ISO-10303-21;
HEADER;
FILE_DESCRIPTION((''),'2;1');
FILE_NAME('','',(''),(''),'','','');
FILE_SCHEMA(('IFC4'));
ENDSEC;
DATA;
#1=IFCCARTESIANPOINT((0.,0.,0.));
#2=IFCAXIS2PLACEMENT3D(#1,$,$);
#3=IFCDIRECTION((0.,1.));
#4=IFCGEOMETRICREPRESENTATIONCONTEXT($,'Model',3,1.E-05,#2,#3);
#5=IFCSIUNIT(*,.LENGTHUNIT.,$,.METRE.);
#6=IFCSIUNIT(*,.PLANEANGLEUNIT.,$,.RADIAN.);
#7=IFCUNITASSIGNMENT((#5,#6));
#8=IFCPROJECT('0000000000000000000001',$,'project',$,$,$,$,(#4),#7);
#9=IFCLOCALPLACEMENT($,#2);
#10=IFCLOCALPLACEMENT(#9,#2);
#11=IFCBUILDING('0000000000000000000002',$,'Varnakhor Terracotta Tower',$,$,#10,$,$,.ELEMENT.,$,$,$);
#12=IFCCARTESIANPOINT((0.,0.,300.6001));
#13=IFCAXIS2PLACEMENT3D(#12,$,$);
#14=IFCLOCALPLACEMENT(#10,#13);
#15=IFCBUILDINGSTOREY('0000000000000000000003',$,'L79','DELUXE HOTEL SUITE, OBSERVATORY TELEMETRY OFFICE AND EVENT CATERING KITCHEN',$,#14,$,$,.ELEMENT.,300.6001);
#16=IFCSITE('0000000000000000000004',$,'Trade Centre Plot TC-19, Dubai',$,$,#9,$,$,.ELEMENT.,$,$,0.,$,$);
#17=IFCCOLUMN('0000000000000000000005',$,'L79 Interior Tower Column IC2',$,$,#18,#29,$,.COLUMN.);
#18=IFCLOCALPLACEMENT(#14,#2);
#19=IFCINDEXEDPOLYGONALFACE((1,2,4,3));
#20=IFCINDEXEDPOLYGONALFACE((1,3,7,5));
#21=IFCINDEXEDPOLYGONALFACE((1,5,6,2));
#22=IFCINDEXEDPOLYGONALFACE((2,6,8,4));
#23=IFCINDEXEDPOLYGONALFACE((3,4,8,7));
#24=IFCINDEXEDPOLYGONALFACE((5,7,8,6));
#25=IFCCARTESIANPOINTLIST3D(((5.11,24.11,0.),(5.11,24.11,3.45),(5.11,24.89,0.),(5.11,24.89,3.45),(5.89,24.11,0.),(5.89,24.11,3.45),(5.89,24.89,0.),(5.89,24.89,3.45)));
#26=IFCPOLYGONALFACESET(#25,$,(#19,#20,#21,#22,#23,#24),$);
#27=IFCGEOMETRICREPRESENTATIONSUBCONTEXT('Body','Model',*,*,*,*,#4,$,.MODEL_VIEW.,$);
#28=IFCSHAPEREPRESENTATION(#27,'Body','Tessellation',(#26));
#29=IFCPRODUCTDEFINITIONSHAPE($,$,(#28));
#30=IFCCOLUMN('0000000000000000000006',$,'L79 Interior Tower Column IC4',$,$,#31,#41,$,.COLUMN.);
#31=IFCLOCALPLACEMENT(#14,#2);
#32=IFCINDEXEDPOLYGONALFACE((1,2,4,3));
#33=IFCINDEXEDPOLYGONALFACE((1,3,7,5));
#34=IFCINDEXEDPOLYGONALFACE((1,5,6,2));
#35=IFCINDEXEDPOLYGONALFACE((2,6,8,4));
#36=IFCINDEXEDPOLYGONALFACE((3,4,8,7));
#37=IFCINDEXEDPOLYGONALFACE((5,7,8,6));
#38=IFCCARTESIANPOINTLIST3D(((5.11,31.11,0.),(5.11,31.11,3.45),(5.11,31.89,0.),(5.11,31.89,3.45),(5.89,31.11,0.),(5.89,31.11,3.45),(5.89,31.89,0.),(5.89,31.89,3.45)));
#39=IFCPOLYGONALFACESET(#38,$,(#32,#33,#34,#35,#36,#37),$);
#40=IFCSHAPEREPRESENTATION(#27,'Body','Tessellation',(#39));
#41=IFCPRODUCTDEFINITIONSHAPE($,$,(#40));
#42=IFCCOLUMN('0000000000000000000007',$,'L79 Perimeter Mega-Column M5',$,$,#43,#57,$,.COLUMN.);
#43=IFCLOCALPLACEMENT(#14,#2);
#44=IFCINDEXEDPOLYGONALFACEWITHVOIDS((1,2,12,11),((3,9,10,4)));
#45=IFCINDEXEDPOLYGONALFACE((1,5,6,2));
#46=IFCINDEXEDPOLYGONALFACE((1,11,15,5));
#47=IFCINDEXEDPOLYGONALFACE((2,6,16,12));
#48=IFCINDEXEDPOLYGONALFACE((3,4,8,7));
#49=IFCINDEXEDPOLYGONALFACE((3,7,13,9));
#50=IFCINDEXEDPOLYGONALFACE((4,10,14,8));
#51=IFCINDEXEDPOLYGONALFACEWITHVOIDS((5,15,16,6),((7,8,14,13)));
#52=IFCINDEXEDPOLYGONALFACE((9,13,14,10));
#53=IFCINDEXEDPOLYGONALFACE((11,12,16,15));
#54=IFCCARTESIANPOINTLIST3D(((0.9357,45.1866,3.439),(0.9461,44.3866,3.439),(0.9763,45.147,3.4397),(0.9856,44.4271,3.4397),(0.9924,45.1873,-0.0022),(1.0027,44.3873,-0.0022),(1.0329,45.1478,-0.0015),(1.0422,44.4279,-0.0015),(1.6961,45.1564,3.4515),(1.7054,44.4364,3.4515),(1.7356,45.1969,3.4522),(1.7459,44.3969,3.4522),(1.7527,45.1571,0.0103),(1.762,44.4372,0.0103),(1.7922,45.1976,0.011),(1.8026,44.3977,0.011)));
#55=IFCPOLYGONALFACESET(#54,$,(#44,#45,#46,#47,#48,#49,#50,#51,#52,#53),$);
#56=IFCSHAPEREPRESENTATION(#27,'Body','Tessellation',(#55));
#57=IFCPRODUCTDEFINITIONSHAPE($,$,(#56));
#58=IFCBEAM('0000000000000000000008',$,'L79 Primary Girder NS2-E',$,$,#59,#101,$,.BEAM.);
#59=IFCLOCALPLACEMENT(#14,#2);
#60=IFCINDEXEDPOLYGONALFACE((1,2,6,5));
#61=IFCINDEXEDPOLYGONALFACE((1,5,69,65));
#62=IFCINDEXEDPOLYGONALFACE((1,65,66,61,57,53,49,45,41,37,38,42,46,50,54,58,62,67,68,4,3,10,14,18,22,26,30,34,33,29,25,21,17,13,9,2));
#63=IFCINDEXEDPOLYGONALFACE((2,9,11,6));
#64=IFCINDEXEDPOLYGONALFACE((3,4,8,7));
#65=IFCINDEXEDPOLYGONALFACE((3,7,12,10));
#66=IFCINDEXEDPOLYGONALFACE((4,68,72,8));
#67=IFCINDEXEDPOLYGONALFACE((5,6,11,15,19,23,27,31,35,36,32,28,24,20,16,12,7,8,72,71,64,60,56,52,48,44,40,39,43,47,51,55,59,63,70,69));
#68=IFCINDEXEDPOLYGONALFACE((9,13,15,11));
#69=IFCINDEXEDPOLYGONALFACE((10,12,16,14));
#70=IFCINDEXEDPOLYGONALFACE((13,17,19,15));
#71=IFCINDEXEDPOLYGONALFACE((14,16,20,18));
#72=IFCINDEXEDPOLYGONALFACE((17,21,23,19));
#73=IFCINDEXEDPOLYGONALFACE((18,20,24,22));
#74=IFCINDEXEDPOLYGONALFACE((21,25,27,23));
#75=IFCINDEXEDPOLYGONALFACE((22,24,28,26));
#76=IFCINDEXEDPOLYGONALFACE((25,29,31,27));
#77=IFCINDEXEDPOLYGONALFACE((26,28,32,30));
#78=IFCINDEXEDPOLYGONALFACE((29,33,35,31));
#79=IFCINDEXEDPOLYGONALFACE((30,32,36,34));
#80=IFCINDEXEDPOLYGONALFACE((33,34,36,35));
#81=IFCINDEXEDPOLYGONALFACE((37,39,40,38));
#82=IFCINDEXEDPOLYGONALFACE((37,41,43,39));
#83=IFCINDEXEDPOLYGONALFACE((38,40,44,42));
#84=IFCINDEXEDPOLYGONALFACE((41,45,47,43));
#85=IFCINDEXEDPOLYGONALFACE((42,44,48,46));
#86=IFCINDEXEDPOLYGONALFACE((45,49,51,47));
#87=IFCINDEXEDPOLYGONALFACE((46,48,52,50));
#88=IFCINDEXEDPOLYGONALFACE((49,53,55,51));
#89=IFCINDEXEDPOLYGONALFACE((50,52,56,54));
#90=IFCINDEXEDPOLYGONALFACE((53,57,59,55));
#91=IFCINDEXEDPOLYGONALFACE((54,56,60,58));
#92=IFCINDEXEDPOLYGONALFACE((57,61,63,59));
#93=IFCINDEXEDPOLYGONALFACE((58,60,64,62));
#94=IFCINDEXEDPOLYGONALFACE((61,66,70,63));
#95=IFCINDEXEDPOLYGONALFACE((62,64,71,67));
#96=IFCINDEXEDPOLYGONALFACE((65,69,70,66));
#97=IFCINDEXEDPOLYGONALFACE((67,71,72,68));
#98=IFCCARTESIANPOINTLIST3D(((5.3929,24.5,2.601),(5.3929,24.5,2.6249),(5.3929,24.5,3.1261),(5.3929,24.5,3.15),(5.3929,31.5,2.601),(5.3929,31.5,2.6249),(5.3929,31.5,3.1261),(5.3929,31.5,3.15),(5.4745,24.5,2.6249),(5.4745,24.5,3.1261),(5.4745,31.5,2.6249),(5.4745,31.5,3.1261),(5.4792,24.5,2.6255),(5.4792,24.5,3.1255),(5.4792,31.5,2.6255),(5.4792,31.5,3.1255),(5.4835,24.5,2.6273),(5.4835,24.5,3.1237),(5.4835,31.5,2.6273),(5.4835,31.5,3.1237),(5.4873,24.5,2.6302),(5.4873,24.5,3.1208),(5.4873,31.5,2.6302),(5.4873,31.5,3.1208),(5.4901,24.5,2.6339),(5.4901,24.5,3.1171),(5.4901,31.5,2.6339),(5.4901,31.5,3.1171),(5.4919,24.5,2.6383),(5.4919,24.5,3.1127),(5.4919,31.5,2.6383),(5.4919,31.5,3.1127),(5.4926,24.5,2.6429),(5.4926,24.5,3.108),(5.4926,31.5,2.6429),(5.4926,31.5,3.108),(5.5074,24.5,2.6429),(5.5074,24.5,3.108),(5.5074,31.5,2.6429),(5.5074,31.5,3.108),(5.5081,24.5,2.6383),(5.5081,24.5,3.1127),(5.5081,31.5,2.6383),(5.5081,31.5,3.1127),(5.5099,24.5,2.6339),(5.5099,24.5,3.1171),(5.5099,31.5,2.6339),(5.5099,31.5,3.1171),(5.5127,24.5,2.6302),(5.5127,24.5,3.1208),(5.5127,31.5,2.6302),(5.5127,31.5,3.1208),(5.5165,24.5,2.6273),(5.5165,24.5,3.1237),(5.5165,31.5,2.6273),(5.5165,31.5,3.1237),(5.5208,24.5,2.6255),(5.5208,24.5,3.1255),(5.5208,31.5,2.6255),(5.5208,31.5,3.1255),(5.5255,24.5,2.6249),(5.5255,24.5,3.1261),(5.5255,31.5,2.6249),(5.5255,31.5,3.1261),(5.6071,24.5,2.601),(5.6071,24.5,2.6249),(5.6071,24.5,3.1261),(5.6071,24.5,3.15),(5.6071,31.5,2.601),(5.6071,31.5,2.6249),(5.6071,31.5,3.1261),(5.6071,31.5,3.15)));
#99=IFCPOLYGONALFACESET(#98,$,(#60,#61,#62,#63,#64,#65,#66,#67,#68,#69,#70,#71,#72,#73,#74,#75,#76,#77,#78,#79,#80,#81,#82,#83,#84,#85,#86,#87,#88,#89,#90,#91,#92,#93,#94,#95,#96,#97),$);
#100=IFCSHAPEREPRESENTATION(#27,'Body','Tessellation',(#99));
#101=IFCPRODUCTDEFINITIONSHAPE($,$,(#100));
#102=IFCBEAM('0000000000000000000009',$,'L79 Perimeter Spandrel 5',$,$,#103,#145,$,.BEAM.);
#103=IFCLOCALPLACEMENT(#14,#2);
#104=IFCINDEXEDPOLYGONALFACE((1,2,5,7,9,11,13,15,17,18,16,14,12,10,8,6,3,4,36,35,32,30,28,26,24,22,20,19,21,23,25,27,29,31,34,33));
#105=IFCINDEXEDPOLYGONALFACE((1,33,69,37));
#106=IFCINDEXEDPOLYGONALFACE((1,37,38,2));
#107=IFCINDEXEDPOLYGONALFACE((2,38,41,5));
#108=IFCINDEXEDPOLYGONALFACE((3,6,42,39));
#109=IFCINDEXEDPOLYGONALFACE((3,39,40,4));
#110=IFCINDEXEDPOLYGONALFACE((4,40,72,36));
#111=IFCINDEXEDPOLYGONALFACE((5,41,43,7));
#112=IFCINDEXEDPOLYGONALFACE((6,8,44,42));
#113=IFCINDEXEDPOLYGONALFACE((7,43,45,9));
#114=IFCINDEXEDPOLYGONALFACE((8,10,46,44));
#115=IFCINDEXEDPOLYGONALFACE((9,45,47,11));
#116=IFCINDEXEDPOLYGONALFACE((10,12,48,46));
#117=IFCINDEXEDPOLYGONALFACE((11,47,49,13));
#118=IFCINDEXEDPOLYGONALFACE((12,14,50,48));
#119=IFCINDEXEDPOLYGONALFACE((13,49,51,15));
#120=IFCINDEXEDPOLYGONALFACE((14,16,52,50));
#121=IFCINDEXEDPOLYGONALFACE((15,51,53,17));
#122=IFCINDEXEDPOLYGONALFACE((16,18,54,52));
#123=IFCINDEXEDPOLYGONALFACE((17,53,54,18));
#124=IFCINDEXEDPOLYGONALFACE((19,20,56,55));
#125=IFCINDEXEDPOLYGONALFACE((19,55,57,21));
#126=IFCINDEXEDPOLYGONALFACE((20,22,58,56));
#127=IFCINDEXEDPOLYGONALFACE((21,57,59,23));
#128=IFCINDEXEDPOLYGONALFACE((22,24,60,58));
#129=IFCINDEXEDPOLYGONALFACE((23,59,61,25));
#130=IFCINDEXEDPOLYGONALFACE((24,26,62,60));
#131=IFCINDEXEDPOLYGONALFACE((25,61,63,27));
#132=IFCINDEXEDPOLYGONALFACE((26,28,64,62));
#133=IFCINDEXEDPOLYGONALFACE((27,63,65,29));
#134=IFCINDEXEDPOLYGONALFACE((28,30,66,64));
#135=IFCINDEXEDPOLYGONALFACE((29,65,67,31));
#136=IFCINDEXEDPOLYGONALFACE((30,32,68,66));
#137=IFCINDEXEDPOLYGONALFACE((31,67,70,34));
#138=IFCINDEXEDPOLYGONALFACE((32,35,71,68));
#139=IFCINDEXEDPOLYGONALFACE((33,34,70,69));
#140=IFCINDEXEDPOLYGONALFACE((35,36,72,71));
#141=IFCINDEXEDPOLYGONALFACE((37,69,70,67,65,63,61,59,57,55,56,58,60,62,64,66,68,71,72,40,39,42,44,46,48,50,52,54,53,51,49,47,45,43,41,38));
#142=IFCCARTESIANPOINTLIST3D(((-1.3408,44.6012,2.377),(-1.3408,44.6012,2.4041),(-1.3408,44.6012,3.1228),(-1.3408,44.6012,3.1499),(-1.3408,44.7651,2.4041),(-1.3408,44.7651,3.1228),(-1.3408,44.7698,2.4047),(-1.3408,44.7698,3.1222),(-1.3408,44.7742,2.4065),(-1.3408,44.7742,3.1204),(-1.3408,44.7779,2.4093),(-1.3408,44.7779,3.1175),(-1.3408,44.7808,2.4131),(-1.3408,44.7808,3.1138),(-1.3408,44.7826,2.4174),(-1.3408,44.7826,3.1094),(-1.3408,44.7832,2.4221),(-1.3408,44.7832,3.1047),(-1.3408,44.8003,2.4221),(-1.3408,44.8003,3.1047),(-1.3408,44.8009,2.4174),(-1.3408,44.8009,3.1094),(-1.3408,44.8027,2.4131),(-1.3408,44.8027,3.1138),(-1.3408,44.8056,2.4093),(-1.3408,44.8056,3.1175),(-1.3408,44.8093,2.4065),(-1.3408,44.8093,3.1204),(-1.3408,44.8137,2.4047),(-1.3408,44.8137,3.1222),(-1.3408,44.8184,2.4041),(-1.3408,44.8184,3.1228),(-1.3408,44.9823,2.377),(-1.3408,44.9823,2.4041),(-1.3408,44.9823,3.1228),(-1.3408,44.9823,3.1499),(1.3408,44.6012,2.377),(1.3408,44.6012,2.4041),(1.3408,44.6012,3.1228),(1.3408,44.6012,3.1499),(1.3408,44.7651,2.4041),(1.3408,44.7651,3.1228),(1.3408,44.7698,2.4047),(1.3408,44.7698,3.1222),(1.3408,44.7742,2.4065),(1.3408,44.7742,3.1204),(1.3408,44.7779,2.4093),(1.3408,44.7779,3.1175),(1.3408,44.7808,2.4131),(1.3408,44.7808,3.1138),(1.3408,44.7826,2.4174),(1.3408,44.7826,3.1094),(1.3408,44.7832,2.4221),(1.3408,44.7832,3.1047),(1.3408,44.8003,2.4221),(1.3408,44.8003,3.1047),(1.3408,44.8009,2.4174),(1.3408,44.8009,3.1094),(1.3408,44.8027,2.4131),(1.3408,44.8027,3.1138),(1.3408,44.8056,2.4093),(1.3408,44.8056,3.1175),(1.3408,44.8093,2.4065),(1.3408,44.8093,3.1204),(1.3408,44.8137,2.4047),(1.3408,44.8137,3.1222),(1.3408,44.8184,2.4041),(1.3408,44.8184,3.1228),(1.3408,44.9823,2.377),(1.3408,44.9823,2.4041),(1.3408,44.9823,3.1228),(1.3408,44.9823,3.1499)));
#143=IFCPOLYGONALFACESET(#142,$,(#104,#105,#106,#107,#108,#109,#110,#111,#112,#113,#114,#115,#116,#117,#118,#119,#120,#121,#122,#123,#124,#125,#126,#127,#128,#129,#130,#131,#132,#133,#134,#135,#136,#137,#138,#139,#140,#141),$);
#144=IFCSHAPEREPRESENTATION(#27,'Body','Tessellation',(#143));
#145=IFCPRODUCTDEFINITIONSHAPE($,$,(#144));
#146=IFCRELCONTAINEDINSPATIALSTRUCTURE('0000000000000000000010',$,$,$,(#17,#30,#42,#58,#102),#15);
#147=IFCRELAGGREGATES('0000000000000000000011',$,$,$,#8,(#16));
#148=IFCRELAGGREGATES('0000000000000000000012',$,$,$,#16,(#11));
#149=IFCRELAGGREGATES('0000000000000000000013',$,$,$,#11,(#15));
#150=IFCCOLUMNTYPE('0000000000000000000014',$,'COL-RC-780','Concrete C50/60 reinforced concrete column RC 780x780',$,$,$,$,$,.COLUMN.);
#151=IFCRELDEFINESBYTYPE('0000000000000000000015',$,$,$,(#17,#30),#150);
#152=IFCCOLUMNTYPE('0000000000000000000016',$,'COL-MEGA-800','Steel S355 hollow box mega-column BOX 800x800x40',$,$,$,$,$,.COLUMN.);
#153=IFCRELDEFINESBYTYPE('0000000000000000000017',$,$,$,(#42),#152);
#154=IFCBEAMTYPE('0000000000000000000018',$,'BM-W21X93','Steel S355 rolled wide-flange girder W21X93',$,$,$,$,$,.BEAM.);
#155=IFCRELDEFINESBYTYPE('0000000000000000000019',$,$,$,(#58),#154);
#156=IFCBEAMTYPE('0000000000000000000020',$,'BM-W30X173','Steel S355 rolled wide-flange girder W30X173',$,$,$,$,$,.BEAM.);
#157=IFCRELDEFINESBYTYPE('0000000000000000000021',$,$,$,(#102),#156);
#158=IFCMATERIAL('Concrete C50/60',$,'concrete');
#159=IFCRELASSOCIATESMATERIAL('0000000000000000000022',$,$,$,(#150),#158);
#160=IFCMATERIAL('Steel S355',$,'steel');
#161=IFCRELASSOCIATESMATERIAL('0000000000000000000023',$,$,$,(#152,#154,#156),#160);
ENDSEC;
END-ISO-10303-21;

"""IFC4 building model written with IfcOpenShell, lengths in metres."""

from ifc_helpers import new_model, si_unit, direction, frame, origin, origin_2d, place, context, subcontext, project, spatial, rectangle, hollow_rectangle, i_section, extrude, source, transform, mapped, material, material_profile, profile_set, type_object, element, save


model = new_model("IFC4")

# Units and contexts
model_context = context("Model", 3, precision=1e-05, world=origin(), true_north=direction((0.0, 1.0)))
body_context = subcontext(model_context, "Body", "Model", "MODEL_VIEW")
ifc_project = project(units=[si_unit("LENGTHUNIT", "METRE"), si_unit("PLANEANGLEUNIT", "RADIAN")], contexts=[model_context])

# Site, building, storey
site_placement = place(None, origin())
site = spatial("IfcSite", under=ifc_project, at=site_placement, Name="Trade Centre Plot TC-19, Dubai", CompositionType="ELEMENT", RefElevation=0.0)
building_placement = place(site_placement, origin())
building = spatial("IfcBuilding", under=site, at=building_placement, Name="Varnakhor Terracotta Tower", CompositionType="ELEMENT")
storey_placement = place(building_placement, frame((0.0, 0.0, 300.6001)))
storey = spatial("IfcBuildingStorey", under=building, at=storey_placement, Name="L79", Description="DELUXE HOTEL SUITE, OBSERVATORY TELEMETRY OFFICE AND EVENT CATERING KITCHEN", CompositionType="ELEMENT", Elevation=300.6001)

# Columns
ifc_material_1 = material(Name="Concrete C50/60", Category="concrete")
ifc_material_profile_1 = material_profile(ifc_material_1, rectangle(XDim=0.78, YDim=0.78, at=origin_2d()), Name="RC 780x780")
ifc_profile_set_1 = profile_set([ifc_material_profile_1], Name="Concrete C50/60")
column_type_1 = type_object("IfcColumnType", Name="COL-RC-780", Description="Concrete C50/60 reinforced concrete column RC 780x780", PredefinedType="COLUMN", material=ifc_profile_set_1)
shared_shape_1 = source(origin(), body_context, "Body", "SweptSolid", [
    extrude(rectangle(XDim=0.78, YDim=0.78, at=origin_2d()), origin(), (0.0, 0.0, 1.0), 3.45),
])
for number, where, z_axis, x_axis, name in (
    (1, (5.5, 24.5, 0.0), (0.0, 0.0, 1.0), (1.0, 0.0, 0.0), "L79 Interior Tower Column IC2"),
    (2, (5.5, 31.5, 0.0), (0.0, 0.0, 1.0), (1.0, 0.0, 0.0), "L79 Interior Tower Column IC4"),
):
    element("IfcColumn", number, at=place(storey_placement, frame(where, z_axis=z_axis, x_axis=x_axis)), inside=storey, type_object=column_type_1, Name=name, PredefinedType="COLUMN", context=body_context, shape_type="MappedRepresentation", body=[
        mapped(shared_shape_1, transform((0.0, 0.0, 0.0), scale=1.0)),
    ])
ifc_material_2 = material(Name="Steel S355", Category="steel")
ifc_material_profile_2 = material_profile(ifc_material_2, hollow_rectangle(XDim=0.8, YDim=0.8, WallThickness=0.04, at=origin_2d()), Name="BOX 800x800x40")
ifc_profile_set_2 = profile_set([ifc_material_profile_2], Name="Steel S355")
column_type_2 = type_object("IfcColumnType", Name="COL-MEGA-800", Description="Steel S355 hollow box mega-column BOX 800x800x40", PredefinedType="COLUMN", material=ifc_profile_set_2)
shared_shape_2 = source(origin(), body_context, "Body", "SweptSolid", [
    extrude(hollow_rectangle(XDim=0.8, YDim=0.8, WallThickness=0.04, at=origin_2d()), origin(), (0.0, 0.0, 1.0), 3.4417),
])
column_placement = place(storey_placement, frame((1.3975, 44.7925, 0.0044), z_axis=(-0.016458, -0.000213, 0.999865), x_axis=(0.01293, -0.999916, 0.0)))
element("IfcColumn", 3, at=column_placement, inside=storey, type_object=column_type_2, Name="L79 Perimeter Mega-Column M5", PredefinedType="COLUMN", context=body_context, shape_type="MappedRepresentation", body=[
    mapped(shared_shape_2, transform((0.0, 0.0, 0.0), scale=1.0)),
])

# Beams
ifc_material_profile_3 = material_profile(ifc_material_2, i_section(OverallWidth=0.2141, OverallDepth=0.5491, WebThickness=0.0149, FlangeThickness=0.0239, FilletRadius=0.0181, at=origin_2d()), Name="W21X93")
ifc_profile_set_3 = profile_set([ifc_material_profile_3], Name="Steel S355")
beam_type_1 = type_object("IfcBeamType", Name="BM-W21X93", Description="Steel S355 rolled wide-flange girder W21X93", PredefinedType="BEAM", material=ifc_profile_set_3)
shared_shape_3 = source(origin(), body_context, "Body", "SweptSolid", [
    extrude(i_section(OverallWidth=0.2141, OverallDepth=0.5491, WebThickness=0.0149, FlangeThickness=0.0239, FilletRadius=0.0181, at=origin_2d()), origin(), (0.0, 0.0, 1.0), 7.0),
])
beam_1_placement = place(storey_placement, frame((5.5, 24.5, 2.8755), z_axis=(0.0, 1.0, 0.0), x_axis=(-1.0, 0.0, 0.0)))
element("IfcBeam", 4, at=beam_1_placement, inside=storey, type_object=beam_type_1, Name="L79 Primary Girder NS2-E", PredefinedType="BEAM", context=body_context, shape_type="MappedRepresentation", body=[
    mapped(shared_shape_3, transform((0.0, 0.0, 0.0), scale=1.0)),
])
ifc_material_profile_4 = material_profile(ifc_material_2, i_section(OverallWidth=0.3811, OverallDepth=0.7729, WebThickness=0.0171, FlangeThickness=0.0271, FilletRadius=0.0181, at=origin_2d()), Name="W30X173")
ifc_profile_set_4 = profile_set([ifc_material_profile_4], Name="Steel S355")
beam_type_2 = type_object("IfcBeamType", Name="BM-W30X173", Description="Steel S355 rolled wide-flange girder W30X173", PredefinedType="BEAM", material=ifc_profile_set_4)
shared_shape_4 = source(origin(), body_context, "Body", "SweptSolid", [
    extrude(i_section(OverallWidth=0.3811, OverallDepth=0.7729, WebThickness=0.0171, FlangeThickness=0.0271, FilletRadius=0.0181, at=origin_2d()), origin(), (0.0, 0.0, 1.0), 2.6816),
])
beam_2_placement = place(storey_placement, frame((1.3408, 44.7917, 2.7634), z_axis=(-1.0, 0.0, 0.0), x_axis=(0.0, -1.0, 0.0)))
element("IfcBeam", 5, at=beam_2_placement, inside=storey, type_object=beam_type_2, Name="L79 Perimeter Spandrel 5", PredefinedType="BEAM", context=body_context, shape_type="MappedRepresentation", body=[
    mapped(shared_shape_4, transform((0.0, 0.0, 0.0), scale=1.0)),
])

save(model, "model.ifc")
